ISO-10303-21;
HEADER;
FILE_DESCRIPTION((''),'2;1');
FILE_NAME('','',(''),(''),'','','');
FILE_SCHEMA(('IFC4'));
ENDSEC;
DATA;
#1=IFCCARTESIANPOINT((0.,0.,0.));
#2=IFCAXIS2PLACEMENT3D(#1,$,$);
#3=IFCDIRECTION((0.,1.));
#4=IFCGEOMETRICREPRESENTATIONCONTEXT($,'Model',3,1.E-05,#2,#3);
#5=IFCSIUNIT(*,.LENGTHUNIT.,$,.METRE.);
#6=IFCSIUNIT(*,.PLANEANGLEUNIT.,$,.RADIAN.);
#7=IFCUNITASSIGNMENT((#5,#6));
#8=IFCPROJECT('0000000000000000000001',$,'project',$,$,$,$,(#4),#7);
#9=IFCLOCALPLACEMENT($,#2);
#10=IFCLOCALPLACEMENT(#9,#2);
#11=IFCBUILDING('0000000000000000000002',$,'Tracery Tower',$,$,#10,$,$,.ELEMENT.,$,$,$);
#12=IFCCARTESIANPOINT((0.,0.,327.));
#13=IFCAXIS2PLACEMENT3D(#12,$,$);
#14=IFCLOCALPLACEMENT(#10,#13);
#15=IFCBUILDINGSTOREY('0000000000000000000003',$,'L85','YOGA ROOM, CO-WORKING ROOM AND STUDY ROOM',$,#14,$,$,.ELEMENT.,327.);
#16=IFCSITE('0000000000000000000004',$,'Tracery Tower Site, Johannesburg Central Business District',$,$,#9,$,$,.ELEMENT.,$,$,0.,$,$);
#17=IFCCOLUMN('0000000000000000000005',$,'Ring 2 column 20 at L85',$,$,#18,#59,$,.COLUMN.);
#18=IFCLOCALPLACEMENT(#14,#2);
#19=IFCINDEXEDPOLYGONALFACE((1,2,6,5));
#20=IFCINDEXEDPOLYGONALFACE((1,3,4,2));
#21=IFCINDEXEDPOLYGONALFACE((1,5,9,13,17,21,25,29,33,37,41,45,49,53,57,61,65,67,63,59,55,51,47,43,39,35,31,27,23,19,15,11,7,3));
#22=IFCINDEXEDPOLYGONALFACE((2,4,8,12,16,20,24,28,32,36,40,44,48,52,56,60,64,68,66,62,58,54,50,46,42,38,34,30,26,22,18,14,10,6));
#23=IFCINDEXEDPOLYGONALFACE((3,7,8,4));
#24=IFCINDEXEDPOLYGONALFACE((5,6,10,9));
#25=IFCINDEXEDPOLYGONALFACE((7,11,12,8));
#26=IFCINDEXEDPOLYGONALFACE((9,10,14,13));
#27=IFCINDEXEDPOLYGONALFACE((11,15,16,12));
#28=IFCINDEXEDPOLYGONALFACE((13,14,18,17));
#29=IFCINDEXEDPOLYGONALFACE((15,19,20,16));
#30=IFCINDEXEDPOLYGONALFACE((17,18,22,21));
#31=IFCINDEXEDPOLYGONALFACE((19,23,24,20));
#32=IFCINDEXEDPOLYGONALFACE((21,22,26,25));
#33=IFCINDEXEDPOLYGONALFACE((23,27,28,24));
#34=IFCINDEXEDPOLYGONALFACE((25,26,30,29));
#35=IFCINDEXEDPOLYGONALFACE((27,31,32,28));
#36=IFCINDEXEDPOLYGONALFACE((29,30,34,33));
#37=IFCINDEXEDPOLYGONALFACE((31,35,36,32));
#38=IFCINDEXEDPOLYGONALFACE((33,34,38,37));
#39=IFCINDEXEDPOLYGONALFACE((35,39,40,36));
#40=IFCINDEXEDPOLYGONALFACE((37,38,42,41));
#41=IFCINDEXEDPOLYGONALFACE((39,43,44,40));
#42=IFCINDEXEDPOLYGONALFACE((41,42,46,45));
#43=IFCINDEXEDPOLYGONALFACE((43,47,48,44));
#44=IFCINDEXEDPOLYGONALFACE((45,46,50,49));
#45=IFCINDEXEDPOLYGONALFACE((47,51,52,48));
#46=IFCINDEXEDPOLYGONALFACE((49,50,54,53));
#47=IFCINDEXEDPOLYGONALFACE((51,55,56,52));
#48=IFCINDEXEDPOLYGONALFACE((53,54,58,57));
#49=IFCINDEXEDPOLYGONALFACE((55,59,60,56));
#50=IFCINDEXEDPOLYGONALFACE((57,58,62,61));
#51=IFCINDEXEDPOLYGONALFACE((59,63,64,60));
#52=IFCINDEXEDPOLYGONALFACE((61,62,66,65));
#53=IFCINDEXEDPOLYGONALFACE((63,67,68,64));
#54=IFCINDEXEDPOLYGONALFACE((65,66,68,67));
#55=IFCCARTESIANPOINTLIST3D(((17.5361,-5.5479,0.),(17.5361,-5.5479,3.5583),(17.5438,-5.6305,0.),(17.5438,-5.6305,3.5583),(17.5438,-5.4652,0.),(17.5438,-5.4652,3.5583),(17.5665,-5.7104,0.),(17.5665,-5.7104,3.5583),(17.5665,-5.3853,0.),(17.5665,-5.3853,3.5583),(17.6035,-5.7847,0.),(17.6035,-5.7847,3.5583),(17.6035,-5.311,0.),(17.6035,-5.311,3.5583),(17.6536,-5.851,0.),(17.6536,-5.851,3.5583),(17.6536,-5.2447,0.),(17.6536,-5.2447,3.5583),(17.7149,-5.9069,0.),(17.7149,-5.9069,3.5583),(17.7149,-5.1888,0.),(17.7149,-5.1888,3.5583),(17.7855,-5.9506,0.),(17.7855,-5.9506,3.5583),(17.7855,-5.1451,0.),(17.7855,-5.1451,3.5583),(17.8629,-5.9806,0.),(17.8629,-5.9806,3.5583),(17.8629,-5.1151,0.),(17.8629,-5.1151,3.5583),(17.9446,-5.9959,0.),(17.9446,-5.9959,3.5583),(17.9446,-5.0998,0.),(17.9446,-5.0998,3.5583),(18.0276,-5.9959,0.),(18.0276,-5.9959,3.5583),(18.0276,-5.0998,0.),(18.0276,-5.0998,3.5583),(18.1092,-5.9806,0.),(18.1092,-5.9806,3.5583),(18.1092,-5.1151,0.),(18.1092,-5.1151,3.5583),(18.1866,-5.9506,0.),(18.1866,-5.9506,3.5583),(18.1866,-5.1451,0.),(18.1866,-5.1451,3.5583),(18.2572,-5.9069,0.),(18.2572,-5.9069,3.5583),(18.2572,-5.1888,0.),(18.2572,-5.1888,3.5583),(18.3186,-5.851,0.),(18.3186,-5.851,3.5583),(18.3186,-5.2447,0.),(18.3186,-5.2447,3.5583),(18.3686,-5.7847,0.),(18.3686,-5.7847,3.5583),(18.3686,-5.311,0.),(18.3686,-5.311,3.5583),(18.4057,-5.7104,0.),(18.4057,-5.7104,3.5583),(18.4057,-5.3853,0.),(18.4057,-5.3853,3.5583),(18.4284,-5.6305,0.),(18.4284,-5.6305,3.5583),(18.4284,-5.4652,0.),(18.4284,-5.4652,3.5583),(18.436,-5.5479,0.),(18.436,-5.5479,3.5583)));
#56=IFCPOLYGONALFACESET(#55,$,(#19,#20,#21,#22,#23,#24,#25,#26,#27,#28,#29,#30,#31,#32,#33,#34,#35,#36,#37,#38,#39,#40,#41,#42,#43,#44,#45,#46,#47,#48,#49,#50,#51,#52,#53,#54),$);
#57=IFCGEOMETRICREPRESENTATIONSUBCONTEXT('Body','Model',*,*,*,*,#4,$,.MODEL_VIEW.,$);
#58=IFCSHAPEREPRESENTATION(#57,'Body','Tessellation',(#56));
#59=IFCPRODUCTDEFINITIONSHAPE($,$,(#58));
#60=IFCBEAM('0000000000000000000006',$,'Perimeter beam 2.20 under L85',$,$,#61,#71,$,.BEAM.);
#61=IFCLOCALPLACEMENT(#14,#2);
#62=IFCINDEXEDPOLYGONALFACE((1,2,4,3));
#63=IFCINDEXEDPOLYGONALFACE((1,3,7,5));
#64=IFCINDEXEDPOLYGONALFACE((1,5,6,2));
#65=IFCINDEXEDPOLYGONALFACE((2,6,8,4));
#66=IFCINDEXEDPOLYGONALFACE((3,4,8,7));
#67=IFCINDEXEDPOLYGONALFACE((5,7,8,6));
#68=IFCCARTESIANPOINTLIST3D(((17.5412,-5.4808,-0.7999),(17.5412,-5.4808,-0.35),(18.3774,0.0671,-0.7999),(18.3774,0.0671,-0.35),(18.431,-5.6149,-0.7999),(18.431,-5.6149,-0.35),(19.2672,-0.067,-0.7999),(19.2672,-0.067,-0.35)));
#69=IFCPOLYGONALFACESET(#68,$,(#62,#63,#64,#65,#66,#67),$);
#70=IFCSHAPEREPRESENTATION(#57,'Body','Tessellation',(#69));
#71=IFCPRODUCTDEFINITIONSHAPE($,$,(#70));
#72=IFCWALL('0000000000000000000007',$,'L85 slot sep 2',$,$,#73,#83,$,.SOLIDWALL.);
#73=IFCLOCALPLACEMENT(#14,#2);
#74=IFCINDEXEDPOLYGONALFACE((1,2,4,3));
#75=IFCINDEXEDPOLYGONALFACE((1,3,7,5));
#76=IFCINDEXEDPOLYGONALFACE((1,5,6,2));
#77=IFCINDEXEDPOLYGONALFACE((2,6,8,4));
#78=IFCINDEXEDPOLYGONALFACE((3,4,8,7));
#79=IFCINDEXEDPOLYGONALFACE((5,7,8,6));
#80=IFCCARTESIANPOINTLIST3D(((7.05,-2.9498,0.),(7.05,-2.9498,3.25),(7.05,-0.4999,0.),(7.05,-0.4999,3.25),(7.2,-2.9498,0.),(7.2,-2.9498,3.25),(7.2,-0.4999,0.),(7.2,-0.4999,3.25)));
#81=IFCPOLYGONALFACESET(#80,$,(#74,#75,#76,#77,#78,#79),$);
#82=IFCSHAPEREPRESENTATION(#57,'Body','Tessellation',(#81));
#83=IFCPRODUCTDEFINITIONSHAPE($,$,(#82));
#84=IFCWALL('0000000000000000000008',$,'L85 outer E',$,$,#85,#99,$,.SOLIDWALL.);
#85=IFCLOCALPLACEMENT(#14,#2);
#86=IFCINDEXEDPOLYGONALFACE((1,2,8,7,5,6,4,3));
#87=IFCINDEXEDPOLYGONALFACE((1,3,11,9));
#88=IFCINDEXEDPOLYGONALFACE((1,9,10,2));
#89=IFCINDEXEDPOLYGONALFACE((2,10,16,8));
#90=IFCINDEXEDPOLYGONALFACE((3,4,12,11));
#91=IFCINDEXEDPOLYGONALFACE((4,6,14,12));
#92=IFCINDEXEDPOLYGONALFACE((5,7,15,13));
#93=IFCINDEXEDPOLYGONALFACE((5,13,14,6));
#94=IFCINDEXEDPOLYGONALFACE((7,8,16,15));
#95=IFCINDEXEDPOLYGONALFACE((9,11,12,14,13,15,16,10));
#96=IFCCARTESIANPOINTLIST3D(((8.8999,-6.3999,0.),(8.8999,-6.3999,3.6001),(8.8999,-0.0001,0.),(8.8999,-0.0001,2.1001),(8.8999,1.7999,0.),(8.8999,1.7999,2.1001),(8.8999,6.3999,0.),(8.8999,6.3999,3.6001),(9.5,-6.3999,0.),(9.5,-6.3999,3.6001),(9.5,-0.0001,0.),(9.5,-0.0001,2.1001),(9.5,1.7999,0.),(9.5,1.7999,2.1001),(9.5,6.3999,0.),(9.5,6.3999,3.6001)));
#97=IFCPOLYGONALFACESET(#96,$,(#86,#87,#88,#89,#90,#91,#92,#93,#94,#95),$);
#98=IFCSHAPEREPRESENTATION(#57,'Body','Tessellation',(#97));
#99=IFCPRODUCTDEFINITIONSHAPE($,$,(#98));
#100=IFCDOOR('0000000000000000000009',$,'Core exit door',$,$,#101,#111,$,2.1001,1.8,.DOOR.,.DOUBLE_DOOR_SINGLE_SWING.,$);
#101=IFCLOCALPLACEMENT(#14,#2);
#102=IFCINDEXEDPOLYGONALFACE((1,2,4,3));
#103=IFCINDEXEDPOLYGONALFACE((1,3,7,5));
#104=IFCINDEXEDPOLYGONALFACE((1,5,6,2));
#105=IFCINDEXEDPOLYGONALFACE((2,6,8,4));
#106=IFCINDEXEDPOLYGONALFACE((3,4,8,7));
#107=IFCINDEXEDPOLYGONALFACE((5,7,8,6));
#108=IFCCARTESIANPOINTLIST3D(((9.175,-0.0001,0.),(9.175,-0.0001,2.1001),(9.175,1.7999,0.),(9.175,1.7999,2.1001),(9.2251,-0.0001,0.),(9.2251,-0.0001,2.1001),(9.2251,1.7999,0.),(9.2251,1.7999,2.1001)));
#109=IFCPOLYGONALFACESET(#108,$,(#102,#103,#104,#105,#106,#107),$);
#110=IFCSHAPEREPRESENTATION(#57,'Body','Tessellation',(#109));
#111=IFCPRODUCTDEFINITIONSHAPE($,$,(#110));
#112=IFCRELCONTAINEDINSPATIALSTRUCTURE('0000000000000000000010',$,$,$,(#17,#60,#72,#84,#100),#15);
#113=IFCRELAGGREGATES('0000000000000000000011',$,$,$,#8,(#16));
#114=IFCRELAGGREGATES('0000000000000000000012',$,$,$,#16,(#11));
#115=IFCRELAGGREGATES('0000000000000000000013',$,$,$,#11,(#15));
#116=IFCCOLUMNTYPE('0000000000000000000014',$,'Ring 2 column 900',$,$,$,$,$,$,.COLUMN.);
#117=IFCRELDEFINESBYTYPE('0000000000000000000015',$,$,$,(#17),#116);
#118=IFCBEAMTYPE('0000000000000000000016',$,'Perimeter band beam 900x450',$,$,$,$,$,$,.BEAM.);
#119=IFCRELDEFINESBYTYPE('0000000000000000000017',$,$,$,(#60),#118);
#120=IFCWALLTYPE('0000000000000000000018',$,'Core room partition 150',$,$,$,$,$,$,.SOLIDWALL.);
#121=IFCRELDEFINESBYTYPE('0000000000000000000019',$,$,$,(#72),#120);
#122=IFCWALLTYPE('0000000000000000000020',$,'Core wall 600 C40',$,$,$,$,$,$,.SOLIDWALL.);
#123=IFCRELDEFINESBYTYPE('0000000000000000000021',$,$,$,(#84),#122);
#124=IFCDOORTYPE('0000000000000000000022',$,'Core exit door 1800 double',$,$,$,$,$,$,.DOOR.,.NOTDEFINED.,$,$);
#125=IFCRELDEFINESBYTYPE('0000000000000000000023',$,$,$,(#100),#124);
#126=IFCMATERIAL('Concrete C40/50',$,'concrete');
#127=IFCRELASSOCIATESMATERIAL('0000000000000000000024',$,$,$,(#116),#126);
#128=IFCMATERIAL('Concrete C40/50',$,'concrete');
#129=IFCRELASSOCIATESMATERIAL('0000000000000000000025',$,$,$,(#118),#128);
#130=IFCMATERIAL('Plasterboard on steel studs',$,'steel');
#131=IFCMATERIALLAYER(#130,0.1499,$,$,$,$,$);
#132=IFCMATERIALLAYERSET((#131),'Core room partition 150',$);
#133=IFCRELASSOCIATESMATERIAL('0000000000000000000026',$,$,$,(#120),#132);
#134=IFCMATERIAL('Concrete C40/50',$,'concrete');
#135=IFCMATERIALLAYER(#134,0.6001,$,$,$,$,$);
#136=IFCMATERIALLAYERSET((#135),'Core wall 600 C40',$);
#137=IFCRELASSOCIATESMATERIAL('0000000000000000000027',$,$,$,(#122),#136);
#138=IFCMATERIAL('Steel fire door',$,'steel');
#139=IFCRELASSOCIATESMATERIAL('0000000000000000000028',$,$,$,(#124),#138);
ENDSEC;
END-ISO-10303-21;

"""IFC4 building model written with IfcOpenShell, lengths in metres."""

from ifc_helpers import new_model, si_unit, direction, frame, frame_2d, origin, origin_2d, place, context, subcontext, project, spatial, rectangle, circle, extrude, material, layer, layer_set, material_profile, profile_set, type_object, element, fill, save


model = new_model("IFC4")

# Units and contexts
model_context = context("Model", 3, precision=1e-05, world=origin(), true_north=direction((0.0, 1.0)))
body_context = subcontext(model_context, "Body", "Model", "MODEL_VIEW")
ifc_project = project(units=[si_unit("LENGTHUNIT", "METRE"), si_unit("PLANEANGLEUNIT", "RADIAN")], contexts=[model_context])

# Site, building, storey
site_placement = place(None, origin())
site = spatial("IfcSite", under=ifc_project, at=site_placement, Name="Tracery Tower Site, Johannesburg Central Business District", CompositionType="ELEMENT", RefElevation=0.0)
building_placement = place(site_placement, origin())
building = spatial("IfcBuilding", under=site, at=building_placement, Name="Tracery Tower", CompositionType="ELEMENT")
storey_placement = place(building_placement, frame((0.0, 0.0, 327.0)))
storey = spatial("IfcBuildingStorey", under=building, at=storey_placement, Name="L85", Description="YOGA ROOM, CO-WORKING ROOM AND STUDY ROOM", CompositionType="ELEMENT", Elevation=327.0)

# Column
ifc_material_1 = material(Name="Concrete C40/50", Category="concrete")
ifc_material_profile_1 = material_profile(ifc_material_1, circle(Radius=0.45, at=origin_2d()), Name="RC D900")
ifc_profile_set_1 = profile_set([ifc_material_profile_1], Name="Concrete C40/50")
column_type = type_object("IfcColumnType", Name="Ring 2 column 900", PredefinedType="COLUMN", material=ifc_profile_set_1)
column_placement = place(storey_placement, frame((17.9861, -5.5479, 0.0), z_axis=(0.0, 0.0, 1.0), x_axis=(1.0, 0.0, 0.0)))
element("IfcColumn", 1, at=column_placement, inside=storey, type_object=column_type, Name="Ring 2 column 20 at L85", PredefinedType="COLUMN", context=body_context, shape_type="SweptSolid", body=[
    extrude(circle(Radius=0.45, at=origin_2d()), origin(), (0.0, 0.0, 1.0), 3.5583),
])

# Beam
ifc_material_2 = material(Name="Concrete C40/50", Category="concrete")
ifc_material_profile_2 = material_profile(ifc_material_2, rectangle(XDim=0.8999, YDim=0.45, at=origin_2d()), Name="RC 900x450")
ifc_profile_set_2 = profile_set([ifc_material_profile_2], Name="Concrete C40/50")
beam_type = type_object("IfcBeamType", Name="Perimeter band beam 900x450", PredefinedType="BEAM", material=ifc_profile_set_2)
beam_placement = place(storey_placement, frame((17.9861, -5.5479, -0.575), z_axis=(0.149038, 0.988831, 0.0), x_axis=(-0.988831, 0.149038, 0.0)))
element("IfcBeam", 2, at=beam_placement, inside=storey, type_object=beam_type, Name="Perimeter beam 2.20 under L85", PredefinedType="BEAM", context=body_context, shape_type="SweptSolid", body=[
    extrude(rectangle(XDim=0.8999, YDim=0.45, at=origin_2d()), origin(), (0.0, 0.0, 1.0), 5.6106),
])

# Wall
ifc_material_3 = material(Name="Plasterboard on steel studs", Category="steel")
ifc_layer_1 = layer(ifc_material_3, 0.1499)
ifc_layer_set_1 = layer_set([ifc_layer_1], Name="Core room partition 150")
wall_type_1 = type_object("IfcWallType", Name="Core room partition 150", PredefinedType="SOLIDWALL", material=ifc_layer_set_1)
wall_1_placement = place(storey_placement, frame((7.125, -2.95, 0.0), z_axis=(0.0, 0.0, 1.0), x_axis=(0.0, 1.0, 0.0)))
element("IfcWall", 3, at=wall_1_placement, inside=storey, type_object=wall_type_1, Name="L85 slot sep 2", PredefinedType="SOLIDWALL", context=body_context, shape_type="SweptSolid", body=[
    extrude(rectangle(XDim=2.45, YDim=0.1499, at=frame_2d((1.2251, 0.0))), origin(), (0.0, 0.0, 1.0), 3.25),
])

# Wall, opening, door
ifc_material_4 = material(Name="Concrete C40/50", Category="concrete")
ifc_layer_2 = layer(ifc_material_4, 0.6001)
ifc_layer_set_2 = layer_set([ifc_layer_2], Name="Core wall 600 C40")
wall_type_2 = type_object("IfcWallType", Name="Core wall 600 C40", PredefinedType="SOLIDWALL", material=ifc_layer_set_2)
wall_2_placement = place(storey_placement, frame((9.2, -6.3999, 0.0), z_axis=(0.0, 0.0, 1.0), x_axis=(0.0, 1.0, 0.0)))
wall_2 = element("IfcWall", 4, at=wall_2_placement, inside=storey, type_object=wall_type_2, Name="L85 outer E", PredefinedType="SOLIDWALL", context=body_context, shape_type="SweptSolid", body=[
    extrude(rectangle(XDim=12.7998, YDim=0.6001, at=frame_2d((6.3999, 0.0))), origin(), (0.0, 0.0, 1.0), 3.6001),
])
opening_1_placement = place(wall_2_placement, frame((6.3999, 0.0, 0.0)))
opening_1 = element("IfcOpeningElement", 5, at=opening_1_placement, cuts=wall_2, PredefinedType="OPENING", context=body_context, shape_type="SweptSolid", body=[
    extrude(rectangle(XDim=1.8, YDim=2.1001, at=frame_2d((0.8999, 1.05))), frame((0.0, 0.3, 0.0), z_axis=(0.0, -1.0, 0.0), x_axis=(1.0, 0.0, 0.0)), (0.0, 0.0, 1.0), 0.6001),
])
ifc_material_5 = material(Name="Steel fire door", Category="steel")
door_type_1 = type_object("IfcDoorType", Name="Core exit door 1800 double", OperationType="NOTDEFINED", PredefinedType="DOOR", material=ifc_material_5)
door_1_placement = place(opening_1_placement, origin())
door_1 = element("IfcDoor", 6, at=door_1_placement, inside=storey, type_object=door_type_1, Name="Core exit door", OperationType="DOUBLE_DOOR_SINGLE_SWING", OverallHeight=2.1001, OverallWidth=1.8, PredefinedType="DOOR", context=body_context, shape_type="SweptSolid", body=[
    extrude(rectangle(XDim=1.8, YDim=2.1001, at=frame_2d((0.8999, 1.05))), frame((0.0, 0.0249, 0.0), z_axis=(0.0, -1.0, 0.0), x_axis=(1.0, 0.0, 0.0)), (0.0, 0.0, 1.0), 0.05),
])
fill(opening_1, door_1)

save(model, "model.ifc")
